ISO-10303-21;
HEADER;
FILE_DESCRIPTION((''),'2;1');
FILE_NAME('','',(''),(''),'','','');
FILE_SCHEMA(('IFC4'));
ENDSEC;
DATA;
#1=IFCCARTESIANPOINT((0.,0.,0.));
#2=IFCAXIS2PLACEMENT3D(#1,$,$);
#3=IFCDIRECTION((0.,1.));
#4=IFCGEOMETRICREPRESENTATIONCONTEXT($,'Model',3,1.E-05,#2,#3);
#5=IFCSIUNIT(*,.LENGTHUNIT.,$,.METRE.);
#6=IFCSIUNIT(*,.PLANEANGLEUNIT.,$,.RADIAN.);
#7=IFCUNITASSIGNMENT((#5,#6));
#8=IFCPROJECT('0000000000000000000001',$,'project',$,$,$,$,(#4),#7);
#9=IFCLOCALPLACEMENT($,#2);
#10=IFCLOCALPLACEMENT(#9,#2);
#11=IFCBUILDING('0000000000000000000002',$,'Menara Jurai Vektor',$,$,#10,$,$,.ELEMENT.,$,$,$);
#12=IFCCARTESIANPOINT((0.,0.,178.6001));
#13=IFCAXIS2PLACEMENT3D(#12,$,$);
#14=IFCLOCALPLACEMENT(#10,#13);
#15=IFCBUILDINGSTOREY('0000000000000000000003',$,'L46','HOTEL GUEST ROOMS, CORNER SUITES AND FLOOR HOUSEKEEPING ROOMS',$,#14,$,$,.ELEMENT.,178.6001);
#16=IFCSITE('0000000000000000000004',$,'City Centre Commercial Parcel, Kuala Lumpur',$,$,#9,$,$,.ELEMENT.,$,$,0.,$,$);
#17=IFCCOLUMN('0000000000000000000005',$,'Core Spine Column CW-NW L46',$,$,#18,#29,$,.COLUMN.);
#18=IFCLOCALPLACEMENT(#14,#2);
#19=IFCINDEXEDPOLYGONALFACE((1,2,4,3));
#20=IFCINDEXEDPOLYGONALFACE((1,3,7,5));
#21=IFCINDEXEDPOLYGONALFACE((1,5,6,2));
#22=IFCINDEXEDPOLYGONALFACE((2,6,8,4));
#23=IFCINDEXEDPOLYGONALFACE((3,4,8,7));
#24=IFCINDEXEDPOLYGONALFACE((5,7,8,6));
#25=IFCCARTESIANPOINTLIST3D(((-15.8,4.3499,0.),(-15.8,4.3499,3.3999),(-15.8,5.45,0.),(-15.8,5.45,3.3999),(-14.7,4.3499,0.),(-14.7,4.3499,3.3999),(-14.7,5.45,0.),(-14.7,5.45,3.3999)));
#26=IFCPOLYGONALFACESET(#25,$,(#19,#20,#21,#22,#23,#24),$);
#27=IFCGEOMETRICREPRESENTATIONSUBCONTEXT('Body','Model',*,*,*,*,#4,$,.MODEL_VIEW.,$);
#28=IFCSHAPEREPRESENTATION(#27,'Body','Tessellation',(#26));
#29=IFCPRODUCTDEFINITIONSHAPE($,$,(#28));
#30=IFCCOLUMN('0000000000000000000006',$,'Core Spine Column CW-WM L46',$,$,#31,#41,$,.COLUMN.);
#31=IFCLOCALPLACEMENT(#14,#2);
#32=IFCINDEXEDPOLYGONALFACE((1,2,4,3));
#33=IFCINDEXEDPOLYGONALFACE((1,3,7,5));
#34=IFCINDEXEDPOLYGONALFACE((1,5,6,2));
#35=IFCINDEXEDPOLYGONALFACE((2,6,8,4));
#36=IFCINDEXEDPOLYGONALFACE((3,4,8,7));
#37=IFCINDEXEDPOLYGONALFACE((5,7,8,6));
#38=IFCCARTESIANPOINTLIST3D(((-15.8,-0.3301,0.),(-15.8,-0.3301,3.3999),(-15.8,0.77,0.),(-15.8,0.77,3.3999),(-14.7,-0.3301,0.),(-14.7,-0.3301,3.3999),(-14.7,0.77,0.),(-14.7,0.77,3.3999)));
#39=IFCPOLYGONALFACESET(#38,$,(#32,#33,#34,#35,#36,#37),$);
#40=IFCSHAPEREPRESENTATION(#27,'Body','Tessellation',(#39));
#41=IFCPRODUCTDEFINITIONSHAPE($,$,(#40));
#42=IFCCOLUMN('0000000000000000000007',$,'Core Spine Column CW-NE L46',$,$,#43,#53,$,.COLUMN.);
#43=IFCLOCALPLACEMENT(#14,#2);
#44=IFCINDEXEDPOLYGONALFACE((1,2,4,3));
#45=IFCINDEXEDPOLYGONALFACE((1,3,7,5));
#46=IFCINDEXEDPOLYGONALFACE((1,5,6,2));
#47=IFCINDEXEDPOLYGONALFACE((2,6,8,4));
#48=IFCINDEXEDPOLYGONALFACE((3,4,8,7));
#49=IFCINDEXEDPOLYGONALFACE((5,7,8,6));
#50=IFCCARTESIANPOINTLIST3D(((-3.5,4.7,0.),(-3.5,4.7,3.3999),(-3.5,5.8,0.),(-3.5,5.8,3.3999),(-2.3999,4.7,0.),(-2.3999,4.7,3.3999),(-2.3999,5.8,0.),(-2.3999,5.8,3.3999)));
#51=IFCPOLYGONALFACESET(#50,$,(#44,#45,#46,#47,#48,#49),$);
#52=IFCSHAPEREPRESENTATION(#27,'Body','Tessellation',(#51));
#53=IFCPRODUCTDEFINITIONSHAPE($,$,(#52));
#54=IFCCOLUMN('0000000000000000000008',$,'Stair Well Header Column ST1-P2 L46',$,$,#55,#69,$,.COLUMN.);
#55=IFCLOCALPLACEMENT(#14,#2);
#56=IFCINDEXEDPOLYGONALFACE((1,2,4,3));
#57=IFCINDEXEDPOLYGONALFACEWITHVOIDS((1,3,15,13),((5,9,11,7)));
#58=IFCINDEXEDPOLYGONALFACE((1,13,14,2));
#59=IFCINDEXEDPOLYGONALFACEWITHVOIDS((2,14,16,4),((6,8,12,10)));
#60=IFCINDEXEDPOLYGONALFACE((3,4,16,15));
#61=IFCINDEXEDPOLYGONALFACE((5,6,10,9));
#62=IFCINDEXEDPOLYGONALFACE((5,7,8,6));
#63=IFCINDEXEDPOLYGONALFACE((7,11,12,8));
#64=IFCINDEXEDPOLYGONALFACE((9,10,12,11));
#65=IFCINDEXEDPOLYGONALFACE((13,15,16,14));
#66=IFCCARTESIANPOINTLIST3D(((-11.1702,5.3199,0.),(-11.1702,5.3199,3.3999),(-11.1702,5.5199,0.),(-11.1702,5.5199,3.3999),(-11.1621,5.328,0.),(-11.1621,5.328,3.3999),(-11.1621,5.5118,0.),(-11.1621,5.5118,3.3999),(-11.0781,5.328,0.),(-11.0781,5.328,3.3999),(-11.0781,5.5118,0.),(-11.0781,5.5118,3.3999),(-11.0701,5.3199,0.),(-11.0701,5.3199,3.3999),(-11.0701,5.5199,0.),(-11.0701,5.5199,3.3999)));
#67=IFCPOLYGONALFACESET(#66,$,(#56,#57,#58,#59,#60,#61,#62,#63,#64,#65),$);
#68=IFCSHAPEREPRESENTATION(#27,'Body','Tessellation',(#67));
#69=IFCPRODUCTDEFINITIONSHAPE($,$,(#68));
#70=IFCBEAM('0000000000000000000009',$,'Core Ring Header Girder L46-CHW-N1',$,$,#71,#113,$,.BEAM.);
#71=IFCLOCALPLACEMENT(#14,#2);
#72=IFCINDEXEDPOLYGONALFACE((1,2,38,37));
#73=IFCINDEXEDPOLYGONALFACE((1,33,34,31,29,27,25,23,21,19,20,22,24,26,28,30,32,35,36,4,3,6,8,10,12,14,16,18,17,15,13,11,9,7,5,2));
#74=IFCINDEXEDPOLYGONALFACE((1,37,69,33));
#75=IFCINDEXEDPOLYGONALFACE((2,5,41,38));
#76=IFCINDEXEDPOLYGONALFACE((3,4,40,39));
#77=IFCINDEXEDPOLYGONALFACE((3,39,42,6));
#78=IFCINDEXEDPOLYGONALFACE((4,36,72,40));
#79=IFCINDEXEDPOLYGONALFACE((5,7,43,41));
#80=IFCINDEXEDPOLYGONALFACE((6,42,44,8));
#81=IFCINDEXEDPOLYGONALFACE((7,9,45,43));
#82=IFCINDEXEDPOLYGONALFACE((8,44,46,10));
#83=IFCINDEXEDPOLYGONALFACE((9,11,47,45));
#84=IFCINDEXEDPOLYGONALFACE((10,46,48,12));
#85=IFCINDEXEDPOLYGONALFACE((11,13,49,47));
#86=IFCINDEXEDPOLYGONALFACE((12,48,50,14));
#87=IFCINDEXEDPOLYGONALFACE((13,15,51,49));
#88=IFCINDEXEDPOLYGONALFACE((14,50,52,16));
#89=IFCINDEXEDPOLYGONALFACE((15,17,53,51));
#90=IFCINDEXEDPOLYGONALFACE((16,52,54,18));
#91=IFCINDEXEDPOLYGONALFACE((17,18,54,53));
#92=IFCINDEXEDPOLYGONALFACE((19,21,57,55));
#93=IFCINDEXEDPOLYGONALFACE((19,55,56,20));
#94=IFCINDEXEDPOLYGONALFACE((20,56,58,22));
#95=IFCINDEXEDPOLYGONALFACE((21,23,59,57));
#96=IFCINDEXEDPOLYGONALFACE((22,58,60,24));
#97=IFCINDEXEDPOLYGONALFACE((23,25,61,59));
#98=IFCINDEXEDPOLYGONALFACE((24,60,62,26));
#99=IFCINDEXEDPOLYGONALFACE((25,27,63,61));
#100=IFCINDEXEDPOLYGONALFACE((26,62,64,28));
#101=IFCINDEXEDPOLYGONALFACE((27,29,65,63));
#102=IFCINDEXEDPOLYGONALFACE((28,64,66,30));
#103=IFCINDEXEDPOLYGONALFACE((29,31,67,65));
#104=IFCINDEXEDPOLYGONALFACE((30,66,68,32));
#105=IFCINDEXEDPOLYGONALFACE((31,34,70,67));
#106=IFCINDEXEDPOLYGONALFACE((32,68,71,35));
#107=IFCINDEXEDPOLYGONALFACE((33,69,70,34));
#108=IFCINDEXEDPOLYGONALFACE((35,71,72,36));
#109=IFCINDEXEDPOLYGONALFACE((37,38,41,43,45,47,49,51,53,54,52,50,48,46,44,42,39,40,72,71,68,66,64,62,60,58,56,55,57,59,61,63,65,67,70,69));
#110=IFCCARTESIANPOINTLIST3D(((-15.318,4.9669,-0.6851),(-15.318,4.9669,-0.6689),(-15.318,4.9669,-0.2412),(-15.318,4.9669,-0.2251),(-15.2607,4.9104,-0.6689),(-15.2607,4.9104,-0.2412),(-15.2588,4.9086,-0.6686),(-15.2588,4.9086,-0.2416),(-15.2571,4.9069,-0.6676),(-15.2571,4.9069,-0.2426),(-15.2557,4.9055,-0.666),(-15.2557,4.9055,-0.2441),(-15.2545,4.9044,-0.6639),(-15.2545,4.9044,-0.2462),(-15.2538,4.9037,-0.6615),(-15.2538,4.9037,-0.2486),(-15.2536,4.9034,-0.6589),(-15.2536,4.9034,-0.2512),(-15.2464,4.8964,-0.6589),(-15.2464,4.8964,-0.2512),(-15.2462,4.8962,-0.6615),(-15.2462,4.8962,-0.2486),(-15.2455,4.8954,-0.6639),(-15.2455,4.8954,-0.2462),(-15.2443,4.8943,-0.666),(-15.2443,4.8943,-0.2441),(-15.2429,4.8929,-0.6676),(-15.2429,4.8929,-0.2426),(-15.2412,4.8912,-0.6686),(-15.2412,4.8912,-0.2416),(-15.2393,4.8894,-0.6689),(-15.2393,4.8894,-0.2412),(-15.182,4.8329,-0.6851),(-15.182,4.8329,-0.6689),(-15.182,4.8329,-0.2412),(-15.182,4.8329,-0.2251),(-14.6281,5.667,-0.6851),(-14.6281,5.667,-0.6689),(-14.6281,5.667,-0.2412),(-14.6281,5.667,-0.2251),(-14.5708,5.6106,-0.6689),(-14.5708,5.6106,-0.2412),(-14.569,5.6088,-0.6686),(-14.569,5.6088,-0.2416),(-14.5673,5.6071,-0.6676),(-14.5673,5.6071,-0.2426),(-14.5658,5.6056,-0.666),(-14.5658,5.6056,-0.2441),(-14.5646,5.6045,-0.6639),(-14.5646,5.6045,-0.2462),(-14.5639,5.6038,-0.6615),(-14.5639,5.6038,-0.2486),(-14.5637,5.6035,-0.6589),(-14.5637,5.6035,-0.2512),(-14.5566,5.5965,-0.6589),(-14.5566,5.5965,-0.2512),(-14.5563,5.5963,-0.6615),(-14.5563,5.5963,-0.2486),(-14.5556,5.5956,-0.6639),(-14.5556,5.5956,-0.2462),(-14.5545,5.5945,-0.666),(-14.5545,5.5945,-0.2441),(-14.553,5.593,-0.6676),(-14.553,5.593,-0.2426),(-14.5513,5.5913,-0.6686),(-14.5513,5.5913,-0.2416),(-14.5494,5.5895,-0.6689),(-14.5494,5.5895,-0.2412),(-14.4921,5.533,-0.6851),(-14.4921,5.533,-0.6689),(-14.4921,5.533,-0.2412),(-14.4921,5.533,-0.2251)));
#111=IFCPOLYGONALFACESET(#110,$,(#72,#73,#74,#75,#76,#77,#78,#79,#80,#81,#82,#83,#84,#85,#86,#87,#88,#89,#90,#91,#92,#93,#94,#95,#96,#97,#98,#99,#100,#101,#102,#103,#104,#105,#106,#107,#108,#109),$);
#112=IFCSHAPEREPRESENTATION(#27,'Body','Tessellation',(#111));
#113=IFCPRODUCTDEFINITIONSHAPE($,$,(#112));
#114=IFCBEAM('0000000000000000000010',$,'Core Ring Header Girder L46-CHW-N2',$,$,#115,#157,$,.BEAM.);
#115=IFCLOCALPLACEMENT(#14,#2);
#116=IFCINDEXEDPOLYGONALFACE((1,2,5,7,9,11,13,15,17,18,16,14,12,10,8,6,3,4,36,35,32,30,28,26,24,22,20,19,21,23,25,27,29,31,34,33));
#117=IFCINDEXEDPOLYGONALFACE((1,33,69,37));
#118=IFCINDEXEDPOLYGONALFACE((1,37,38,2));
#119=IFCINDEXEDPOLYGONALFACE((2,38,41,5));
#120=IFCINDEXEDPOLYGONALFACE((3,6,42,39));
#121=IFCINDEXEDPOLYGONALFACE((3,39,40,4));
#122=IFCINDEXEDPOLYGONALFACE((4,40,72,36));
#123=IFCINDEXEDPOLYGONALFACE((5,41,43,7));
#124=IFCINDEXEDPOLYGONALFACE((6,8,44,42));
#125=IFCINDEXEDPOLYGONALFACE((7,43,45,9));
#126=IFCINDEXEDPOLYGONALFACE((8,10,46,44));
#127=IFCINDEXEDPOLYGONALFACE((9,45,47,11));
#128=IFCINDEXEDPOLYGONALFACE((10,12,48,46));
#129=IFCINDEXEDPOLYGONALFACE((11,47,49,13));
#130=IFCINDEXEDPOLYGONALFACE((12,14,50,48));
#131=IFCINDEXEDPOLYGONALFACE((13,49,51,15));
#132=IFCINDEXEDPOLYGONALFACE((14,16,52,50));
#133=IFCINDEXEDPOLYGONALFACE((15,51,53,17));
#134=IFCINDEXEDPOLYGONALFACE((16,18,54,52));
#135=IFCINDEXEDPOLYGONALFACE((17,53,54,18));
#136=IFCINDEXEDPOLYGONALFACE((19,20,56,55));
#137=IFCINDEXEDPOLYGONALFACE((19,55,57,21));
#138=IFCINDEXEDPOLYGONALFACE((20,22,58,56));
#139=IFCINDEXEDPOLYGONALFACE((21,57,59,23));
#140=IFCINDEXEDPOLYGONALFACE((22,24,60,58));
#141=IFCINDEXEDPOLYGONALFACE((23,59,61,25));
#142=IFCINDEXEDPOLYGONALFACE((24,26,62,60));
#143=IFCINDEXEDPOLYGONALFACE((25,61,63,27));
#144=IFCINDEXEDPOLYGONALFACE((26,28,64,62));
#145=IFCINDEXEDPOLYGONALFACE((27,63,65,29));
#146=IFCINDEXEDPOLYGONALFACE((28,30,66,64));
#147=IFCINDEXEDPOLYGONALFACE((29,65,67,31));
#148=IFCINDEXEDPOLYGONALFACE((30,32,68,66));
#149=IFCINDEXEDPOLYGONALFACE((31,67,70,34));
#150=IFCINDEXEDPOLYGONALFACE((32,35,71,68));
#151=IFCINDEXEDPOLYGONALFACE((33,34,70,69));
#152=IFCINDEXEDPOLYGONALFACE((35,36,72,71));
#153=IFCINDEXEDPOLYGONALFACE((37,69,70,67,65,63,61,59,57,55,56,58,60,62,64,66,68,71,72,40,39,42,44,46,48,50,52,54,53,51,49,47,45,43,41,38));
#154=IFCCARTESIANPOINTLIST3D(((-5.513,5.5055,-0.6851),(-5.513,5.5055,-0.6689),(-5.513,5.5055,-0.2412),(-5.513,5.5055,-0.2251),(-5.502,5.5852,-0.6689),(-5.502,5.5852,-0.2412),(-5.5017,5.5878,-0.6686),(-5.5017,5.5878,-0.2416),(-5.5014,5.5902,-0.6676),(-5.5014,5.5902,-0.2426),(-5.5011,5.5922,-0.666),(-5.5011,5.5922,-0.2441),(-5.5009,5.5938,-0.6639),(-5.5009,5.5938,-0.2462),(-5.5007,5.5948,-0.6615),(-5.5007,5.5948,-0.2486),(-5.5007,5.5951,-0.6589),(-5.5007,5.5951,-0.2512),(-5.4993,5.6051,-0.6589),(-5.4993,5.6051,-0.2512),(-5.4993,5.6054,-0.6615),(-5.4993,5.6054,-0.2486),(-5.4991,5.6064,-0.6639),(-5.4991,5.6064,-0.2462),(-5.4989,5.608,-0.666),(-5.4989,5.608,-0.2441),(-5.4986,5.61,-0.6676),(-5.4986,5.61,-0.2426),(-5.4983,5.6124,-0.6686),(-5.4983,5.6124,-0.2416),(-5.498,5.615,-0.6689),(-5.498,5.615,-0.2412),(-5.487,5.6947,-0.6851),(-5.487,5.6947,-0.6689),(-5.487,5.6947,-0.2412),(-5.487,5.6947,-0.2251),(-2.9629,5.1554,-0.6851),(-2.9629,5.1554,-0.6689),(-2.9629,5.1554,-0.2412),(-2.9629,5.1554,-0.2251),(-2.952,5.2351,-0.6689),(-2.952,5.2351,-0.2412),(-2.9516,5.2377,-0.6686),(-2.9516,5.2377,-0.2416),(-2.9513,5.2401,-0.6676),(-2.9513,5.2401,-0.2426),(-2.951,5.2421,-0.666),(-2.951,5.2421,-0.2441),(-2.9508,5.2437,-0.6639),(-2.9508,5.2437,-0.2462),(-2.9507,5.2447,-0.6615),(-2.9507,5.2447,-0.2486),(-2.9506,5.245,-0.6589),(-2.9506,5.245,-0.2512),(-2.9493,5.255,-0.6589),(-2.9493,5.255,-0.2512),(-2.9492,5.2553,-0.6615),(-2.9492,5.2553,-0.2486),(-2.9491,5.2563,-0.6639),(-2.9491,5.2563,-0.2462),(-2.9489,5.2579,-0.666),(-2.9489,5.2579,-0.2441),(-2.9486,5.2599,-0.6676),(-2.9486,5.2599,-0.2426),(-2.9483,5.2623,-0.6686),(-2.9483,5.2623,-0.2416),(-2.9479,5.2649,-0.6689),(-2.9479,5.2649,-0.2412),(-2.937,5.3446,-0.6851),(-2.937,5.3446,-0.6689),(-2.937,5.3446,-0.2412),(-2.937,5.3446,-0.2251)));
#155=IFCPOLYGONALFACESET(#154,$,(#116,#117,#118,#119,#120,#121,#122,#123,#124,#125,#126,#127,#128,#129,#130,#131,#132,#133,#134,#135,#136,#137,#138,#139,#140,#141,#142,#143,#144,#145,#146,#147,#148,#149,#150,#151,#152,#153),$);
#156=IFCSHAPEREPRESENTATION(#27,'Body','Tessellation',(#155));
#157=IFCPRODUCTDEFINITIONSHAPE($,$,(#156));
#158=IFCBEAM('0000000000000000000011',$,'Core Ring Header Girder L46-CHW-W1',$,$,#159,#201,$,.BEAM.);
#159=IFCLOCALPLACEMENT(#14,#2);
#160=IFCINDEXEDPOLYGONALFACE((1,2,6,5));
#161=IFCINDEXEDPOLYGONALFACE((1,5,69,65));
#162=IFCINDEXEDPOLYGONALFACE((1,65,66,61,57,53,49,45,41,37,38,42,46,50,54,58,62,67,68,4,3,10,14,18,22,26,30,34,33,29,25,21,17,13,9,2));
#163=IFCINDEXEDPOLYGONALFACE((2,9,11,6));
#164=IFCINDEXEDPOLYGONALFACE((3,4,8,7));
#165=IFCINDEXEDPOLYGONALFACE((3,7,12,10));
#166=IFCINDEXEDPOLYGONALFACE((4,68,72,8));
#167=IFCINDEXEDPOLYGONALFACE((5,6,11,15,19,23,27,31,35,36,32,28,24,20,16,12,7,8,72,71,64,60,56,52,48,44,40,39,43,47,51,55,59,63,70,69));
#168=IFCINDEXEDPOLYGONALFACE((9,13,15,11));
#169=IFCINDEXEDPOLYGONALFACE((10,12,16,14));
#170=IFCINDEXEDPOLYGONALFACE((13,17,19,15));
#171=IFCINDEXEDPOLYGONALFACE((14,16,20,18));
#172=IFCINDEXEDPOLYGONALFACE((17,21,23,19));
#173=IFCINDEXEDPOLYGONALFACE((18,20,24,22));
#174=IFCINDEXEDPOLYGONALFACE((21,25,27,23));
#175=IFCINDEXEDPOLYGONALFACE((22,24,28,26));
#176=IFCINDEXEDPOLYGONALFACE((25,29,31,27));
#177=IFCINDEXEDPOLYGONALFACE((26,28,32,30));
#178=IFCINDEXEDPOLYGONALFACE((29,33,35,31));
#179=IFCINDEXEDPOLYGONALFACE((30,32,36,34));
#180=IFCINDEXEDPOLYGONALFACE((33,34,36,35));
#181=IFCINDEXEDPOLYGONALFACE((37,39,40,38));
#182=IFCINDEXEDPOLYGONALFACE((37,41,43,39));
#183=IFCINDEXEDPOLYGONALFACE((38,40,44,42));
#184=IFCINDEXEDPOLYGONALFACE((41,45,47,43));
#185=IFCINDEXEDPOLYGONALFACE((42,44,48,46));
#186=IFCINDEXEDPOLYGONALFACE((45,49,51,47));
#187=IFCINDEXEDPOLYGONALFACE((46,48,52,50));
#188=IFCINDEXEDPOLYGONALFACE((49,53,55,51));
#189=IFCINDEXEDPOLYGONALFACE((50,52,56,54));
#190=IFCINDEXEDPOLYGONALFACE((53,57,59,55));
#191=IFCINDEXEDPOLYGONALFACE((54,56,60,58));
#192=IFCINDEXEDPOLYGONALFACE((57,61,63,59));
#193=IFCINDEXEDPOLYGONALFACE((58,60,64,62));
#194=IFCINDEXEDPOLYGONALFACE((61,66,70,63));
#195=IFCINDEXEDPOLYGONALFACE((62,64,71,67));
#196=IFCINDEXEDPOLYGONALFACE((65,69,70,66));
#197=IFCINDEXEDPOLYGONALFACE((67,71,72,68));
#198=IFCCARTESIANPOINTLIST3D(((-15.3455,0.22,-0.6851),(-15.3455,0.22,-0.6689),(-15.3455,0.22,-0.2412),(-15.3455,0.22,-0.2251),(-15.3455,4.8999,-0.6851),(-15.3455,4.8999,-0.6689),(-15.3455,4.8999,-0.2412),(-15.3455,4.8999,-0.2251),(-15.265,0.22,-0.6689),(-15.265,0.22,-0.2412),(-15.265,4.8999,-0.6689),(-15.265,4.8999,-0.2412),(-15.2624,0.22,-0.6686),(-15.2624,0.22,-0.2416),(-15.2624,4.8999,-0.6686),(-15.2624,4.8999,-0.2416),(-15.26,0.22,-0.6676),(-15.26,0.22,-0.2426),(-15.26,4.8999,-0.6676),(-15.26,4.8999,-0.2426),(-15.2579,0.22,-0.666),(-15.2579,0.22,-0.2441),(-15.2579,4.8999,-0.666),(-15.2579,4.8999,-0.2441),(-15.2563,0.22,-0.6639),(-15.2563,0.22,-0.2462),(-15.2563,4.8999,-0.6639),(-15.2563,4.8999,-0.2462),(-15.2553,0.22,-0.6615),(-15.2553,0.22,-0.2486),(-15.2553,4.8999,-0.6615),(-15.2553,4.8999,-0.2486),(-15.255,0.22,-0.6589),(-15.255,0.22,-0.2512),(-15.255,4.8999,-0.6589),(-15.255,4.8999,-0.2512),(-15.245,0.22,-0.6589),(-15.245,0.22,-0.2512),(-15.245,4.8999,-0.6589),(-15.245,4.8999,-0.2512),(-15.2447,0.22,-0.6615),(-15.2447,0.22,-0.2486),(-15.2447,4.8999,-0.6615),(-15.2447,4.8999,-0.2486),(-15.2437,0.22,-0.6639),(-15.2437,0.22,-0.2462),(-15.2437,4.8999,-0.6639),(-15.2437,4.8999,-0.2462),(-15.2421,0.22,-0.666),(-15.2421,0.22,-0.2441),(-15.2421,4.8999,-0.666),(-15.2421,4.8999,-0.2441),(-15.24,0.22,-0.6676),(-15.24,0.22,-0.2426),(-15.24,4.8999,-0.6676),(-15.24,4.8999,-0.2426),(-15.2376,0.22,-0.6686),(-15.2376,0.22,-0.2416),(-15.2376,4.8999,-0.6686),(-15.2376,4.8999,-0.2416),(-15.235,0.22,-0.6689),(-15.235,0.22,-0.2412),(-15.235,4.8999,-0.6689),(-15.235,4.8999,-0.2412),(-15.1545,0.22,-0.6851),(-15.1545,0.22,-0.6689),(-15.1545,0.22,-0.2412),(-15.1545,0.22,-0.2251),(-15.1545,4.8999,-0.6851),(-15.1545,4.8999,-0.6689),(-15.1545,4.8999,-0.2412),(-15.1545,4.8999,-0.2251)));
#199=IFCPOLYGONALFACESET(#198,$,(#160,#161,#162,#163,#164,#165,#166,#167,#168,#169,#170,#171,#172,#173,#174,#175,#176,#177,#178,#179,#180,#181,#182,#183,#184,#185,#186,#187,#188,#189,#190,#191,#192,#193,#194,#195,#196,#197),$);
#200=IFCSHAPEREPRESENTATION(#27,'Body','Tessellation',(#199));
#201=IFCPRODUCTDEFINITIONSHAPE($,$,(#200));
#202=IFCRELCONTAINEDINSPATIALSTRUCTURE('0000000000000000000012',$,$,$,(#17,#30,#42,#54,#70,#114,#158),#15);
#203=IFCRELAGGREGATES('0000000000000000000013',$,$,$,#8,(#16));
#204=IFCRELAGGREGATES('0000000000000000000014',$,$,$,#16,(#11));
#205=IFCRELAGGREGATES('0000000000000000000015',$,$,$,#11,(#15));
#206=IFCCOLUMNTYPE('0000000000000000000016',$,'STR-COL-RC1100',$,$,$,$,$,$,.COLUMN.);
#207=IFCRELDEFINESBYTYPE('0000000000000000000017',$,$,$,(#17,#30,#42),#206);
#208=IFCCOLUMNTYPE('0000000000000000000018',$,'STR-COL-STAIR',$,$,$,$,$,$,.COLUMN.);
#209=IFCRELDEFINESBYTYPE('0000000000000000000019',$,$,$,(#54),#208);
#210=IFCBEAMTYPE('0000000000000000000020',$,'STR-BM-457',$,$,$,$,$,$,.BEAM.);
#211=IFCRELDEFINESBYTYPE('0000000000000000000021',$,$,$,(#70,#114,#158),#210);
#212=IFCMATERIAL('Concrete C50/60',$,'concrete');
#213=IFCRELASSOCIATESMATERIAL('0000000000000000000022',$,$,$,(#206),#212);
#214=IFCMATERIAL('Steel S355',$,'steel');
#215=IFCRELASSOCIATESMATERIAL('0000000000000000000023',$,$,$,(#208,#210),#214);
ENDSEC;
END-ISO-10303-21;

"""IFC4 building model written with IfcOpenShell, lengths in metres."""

from ifc_helpers import new_model, si_unit, direction, frame, origin, origin_2d, place, context, subcontext, project, spatial, rectangle, hollow_rectangle, i_section, extrude, material, material_profile, profile_set, type_object, element, save


model = new_model("IFC4")

# Units and contexts
model_context = context("Model", 3, precision=1e-05, world=origin(), true_north=direction((0.0, 1.0)))
body_context = subcontext(model_context, "Body", "Model", "MODEL_VIEW")
ifc_project = project(units=[si_unit("LENGTHUNIT", "METRE"), si_unit("PLANEANGLEUNIT", "RADIAN")], contexts=[model_context])

# Site, building, storey
site_placement = place(None, origin())
site = spatial("IfcSite", under=ifc_project, at=site_placement, Name="City Centre Commercial Parcel, Kuala Lumpur", CompositionType="ELEMENT", RefElevation=0.0)
building_placement = place(site_placement, origin())
building = spatial("IfcBuilding", under=site, at=building_placement, Name="Menara Jurai Vektor", CompositionType="ELEMENT")
storey_placement = place(building_placement, frame((0.0, 0.0, 178.6001)))
storey = spatial("IfcBuildingStorey", under=building, at=storey_placement, Name="L46", Description="HOTEL GUEST ROOMS, CORNER SUITES AND FLOOR HOUSEKEEPING ROOMS", CompositionType="ELEMENT", Elevation=178.6001)

# Columns
ifc_material_1 = material(Name="Concrete C50/60", Category="concrete")
ifc_material_profile_1 = material_profile(ifc_material_1, rectangle(XDim=1.1001, YDim=1.1001, at=origin_2d()), Name="RC 1100x1100")
ifc_profile_set_1 = profile_set([ifc_material_profile_1], Name="Concrete C50/60")
column_type_1 = type_object("IfcColumnType", Name="STR-COL-RC1100", PredefinedType="COLUMN", material=ifc_profile_set_1)
for number, where, z_axis, x_axis, name in (
    (1, (-15.25, 4.8999, 0.0), (0.0, 0.0, 1.0), (1.0, 0.0, 0.0), "Core Spine Column CW-NW L46"),
    (2, (-15.25, 0.22, 0.0), (0.0, 0.0, 1.0), (1.0, 0.0, 0.0), "Core Spine Column CW-WM L46"),
    (3, (-2.95, 5.25, 0.0), (0.0, 0.0, 1.0), (1.0, 0.0, 0.0), "Core Spine Column CW-NE L46"),
):
    element("IfcColumn", number, at=place(storey_placement, frame(where, z_axis=z_axis, x_axis=x_axis)), inside=storey, type_object=column_type_1, Name=name, PredefinedType="COLUMN", context=body_context, shape_type="SweptSolid", body=[
        extrude(rectangle(XDim=1.1001, YDim=1.1001, at=origin_2d()), origin(), (0.0, 0.0, 1.0), 3.3999),
    ])
ifc_material_2 = material(Name="Steel S355", Category="steel")
ifc_material_profile_2 = material_profile(ifc_material_2, hollow_rectangle(XDim=0.1001, YDim=0.2, WallThickness=0.0081, at=origin_2d()), Name="RHS 200x100x8")
ifc_profile_set_2 = profile_set([ifc_material_profile_2], Name="Steel S355")
column_type_2 = type_object("IfcColumnType", Name="STR-COL-STAIR", PredefinedType="COLUMN", material=ifc_profile_set_2)
column_placement = place(storey_placement, frame((-11.1201, 5.4199, 0.0), z_axis=(0.0, 0.0, 1.0), x_axis=(1.0, 0.0, 0.0)))
element("IfcColumn", 4, at=column_placement, inside=storey, type_object=column_type_2, Name="Stair Well Header Column ST1-P2 L46", PredefinedType="COLUMN", context=body_context, shape_type="SweptSolid", body=[
    extrude(hollow_rectangle(XDim=0.1001, YDim=0.2, WallThickness=0.0081, at=origin_2d()), origin(), (0.0, 0.0, 1.0), 3.3999),
])

# Beams
ifc_material_profile_3 = material_profile(ifc_material_2, i_section(OverallWidth=0.1909, OverallDepth=0.46, WebThickness=0.01, FlangeThickness=0.0161, FilletRadius=0.01, at=origin_2d()), Name="UKB 457x191x82")
ifc_profile_set_3 = profile_set([ifc_material_profile_3], Name="Steel S355")
beam_type_1 = type_object("IfcBeamType", Name="STR-BM-457", PredefinedType="BEAM", material=ifc_profile_set_3)
beam_1_placement = place(storey_placement, frame((-15.25, 4.8999, -0.4551), z_axis=(0.701872, 0.712303, 0.0), x_axis=(-0.712303, 0.701872, 0.0)))
element("IfcBeam", 5, at=beam_1_placement, inside=storey, type_object=beam_type_1, Name="Core Ring Header Girder L46-CHW-N1", PredefinedType="BEAM", context=body_context, shape_type="SweptSolid", body=[
    extrude(i_section(OverallWidth=0.1909, OverallDepth=0.46, WebThickness=0.01, FlangeThickness=0.0161, FilletRadius=0.01, at=origin_2d()), origin(), (0.0, 0.0, 1.0), 0.9829),
])
beam_2_placement = place(storey_placement, frame((-5.5, 5.6001, -0.4551), z_axis=(0.990707, -0.136015, 0.0), x_axis=(0.136015, 0.990707, 0.0)))
element("IfcBeam", 6, at=beam_2_placement, inside=storey, type_object=beam_type_1, Name="Core Ring Header Girder L46-CHW-N2", PredefinedType="BEAM", context=body_context, shape_type="SweptSolid", body=[
    extrude(i_section(OverallWidth=0.1909, OverallDepth=0.46, WebThickness=0.01, FlangeThickness=0.0161, FilletRadius=0.01, at=origin_2d()), origin(), (0.0, 0.0, 1.0), 2.574),
])
beam_3_placement = place(storey_placement, frame((-15.25, 0.22, -0.4551), z_axis=(0.0, 1.0, 0.0), x_axis=(-1.0, 0.0, 0.0)))
element("IfcBeam", 7, at=beam_3_placement, inside=storey, type_object=beam_type_1, Name="Core Ring Header Girder L46-CHW-W1", PredefinedType="BEAM", context=body_context, shape_type="SweptSolid", body=[
    extrude(i_section(OverallWidth=0.1909, OverallDepth=0.46, WebThickness=0.01, FlangeThickness=0.0161, FilletRadius=0.01, at=origin_2d()), origin(), (0.0, 0.0, 1.0), 4.6799),
])

save(model, "model.ifc")
